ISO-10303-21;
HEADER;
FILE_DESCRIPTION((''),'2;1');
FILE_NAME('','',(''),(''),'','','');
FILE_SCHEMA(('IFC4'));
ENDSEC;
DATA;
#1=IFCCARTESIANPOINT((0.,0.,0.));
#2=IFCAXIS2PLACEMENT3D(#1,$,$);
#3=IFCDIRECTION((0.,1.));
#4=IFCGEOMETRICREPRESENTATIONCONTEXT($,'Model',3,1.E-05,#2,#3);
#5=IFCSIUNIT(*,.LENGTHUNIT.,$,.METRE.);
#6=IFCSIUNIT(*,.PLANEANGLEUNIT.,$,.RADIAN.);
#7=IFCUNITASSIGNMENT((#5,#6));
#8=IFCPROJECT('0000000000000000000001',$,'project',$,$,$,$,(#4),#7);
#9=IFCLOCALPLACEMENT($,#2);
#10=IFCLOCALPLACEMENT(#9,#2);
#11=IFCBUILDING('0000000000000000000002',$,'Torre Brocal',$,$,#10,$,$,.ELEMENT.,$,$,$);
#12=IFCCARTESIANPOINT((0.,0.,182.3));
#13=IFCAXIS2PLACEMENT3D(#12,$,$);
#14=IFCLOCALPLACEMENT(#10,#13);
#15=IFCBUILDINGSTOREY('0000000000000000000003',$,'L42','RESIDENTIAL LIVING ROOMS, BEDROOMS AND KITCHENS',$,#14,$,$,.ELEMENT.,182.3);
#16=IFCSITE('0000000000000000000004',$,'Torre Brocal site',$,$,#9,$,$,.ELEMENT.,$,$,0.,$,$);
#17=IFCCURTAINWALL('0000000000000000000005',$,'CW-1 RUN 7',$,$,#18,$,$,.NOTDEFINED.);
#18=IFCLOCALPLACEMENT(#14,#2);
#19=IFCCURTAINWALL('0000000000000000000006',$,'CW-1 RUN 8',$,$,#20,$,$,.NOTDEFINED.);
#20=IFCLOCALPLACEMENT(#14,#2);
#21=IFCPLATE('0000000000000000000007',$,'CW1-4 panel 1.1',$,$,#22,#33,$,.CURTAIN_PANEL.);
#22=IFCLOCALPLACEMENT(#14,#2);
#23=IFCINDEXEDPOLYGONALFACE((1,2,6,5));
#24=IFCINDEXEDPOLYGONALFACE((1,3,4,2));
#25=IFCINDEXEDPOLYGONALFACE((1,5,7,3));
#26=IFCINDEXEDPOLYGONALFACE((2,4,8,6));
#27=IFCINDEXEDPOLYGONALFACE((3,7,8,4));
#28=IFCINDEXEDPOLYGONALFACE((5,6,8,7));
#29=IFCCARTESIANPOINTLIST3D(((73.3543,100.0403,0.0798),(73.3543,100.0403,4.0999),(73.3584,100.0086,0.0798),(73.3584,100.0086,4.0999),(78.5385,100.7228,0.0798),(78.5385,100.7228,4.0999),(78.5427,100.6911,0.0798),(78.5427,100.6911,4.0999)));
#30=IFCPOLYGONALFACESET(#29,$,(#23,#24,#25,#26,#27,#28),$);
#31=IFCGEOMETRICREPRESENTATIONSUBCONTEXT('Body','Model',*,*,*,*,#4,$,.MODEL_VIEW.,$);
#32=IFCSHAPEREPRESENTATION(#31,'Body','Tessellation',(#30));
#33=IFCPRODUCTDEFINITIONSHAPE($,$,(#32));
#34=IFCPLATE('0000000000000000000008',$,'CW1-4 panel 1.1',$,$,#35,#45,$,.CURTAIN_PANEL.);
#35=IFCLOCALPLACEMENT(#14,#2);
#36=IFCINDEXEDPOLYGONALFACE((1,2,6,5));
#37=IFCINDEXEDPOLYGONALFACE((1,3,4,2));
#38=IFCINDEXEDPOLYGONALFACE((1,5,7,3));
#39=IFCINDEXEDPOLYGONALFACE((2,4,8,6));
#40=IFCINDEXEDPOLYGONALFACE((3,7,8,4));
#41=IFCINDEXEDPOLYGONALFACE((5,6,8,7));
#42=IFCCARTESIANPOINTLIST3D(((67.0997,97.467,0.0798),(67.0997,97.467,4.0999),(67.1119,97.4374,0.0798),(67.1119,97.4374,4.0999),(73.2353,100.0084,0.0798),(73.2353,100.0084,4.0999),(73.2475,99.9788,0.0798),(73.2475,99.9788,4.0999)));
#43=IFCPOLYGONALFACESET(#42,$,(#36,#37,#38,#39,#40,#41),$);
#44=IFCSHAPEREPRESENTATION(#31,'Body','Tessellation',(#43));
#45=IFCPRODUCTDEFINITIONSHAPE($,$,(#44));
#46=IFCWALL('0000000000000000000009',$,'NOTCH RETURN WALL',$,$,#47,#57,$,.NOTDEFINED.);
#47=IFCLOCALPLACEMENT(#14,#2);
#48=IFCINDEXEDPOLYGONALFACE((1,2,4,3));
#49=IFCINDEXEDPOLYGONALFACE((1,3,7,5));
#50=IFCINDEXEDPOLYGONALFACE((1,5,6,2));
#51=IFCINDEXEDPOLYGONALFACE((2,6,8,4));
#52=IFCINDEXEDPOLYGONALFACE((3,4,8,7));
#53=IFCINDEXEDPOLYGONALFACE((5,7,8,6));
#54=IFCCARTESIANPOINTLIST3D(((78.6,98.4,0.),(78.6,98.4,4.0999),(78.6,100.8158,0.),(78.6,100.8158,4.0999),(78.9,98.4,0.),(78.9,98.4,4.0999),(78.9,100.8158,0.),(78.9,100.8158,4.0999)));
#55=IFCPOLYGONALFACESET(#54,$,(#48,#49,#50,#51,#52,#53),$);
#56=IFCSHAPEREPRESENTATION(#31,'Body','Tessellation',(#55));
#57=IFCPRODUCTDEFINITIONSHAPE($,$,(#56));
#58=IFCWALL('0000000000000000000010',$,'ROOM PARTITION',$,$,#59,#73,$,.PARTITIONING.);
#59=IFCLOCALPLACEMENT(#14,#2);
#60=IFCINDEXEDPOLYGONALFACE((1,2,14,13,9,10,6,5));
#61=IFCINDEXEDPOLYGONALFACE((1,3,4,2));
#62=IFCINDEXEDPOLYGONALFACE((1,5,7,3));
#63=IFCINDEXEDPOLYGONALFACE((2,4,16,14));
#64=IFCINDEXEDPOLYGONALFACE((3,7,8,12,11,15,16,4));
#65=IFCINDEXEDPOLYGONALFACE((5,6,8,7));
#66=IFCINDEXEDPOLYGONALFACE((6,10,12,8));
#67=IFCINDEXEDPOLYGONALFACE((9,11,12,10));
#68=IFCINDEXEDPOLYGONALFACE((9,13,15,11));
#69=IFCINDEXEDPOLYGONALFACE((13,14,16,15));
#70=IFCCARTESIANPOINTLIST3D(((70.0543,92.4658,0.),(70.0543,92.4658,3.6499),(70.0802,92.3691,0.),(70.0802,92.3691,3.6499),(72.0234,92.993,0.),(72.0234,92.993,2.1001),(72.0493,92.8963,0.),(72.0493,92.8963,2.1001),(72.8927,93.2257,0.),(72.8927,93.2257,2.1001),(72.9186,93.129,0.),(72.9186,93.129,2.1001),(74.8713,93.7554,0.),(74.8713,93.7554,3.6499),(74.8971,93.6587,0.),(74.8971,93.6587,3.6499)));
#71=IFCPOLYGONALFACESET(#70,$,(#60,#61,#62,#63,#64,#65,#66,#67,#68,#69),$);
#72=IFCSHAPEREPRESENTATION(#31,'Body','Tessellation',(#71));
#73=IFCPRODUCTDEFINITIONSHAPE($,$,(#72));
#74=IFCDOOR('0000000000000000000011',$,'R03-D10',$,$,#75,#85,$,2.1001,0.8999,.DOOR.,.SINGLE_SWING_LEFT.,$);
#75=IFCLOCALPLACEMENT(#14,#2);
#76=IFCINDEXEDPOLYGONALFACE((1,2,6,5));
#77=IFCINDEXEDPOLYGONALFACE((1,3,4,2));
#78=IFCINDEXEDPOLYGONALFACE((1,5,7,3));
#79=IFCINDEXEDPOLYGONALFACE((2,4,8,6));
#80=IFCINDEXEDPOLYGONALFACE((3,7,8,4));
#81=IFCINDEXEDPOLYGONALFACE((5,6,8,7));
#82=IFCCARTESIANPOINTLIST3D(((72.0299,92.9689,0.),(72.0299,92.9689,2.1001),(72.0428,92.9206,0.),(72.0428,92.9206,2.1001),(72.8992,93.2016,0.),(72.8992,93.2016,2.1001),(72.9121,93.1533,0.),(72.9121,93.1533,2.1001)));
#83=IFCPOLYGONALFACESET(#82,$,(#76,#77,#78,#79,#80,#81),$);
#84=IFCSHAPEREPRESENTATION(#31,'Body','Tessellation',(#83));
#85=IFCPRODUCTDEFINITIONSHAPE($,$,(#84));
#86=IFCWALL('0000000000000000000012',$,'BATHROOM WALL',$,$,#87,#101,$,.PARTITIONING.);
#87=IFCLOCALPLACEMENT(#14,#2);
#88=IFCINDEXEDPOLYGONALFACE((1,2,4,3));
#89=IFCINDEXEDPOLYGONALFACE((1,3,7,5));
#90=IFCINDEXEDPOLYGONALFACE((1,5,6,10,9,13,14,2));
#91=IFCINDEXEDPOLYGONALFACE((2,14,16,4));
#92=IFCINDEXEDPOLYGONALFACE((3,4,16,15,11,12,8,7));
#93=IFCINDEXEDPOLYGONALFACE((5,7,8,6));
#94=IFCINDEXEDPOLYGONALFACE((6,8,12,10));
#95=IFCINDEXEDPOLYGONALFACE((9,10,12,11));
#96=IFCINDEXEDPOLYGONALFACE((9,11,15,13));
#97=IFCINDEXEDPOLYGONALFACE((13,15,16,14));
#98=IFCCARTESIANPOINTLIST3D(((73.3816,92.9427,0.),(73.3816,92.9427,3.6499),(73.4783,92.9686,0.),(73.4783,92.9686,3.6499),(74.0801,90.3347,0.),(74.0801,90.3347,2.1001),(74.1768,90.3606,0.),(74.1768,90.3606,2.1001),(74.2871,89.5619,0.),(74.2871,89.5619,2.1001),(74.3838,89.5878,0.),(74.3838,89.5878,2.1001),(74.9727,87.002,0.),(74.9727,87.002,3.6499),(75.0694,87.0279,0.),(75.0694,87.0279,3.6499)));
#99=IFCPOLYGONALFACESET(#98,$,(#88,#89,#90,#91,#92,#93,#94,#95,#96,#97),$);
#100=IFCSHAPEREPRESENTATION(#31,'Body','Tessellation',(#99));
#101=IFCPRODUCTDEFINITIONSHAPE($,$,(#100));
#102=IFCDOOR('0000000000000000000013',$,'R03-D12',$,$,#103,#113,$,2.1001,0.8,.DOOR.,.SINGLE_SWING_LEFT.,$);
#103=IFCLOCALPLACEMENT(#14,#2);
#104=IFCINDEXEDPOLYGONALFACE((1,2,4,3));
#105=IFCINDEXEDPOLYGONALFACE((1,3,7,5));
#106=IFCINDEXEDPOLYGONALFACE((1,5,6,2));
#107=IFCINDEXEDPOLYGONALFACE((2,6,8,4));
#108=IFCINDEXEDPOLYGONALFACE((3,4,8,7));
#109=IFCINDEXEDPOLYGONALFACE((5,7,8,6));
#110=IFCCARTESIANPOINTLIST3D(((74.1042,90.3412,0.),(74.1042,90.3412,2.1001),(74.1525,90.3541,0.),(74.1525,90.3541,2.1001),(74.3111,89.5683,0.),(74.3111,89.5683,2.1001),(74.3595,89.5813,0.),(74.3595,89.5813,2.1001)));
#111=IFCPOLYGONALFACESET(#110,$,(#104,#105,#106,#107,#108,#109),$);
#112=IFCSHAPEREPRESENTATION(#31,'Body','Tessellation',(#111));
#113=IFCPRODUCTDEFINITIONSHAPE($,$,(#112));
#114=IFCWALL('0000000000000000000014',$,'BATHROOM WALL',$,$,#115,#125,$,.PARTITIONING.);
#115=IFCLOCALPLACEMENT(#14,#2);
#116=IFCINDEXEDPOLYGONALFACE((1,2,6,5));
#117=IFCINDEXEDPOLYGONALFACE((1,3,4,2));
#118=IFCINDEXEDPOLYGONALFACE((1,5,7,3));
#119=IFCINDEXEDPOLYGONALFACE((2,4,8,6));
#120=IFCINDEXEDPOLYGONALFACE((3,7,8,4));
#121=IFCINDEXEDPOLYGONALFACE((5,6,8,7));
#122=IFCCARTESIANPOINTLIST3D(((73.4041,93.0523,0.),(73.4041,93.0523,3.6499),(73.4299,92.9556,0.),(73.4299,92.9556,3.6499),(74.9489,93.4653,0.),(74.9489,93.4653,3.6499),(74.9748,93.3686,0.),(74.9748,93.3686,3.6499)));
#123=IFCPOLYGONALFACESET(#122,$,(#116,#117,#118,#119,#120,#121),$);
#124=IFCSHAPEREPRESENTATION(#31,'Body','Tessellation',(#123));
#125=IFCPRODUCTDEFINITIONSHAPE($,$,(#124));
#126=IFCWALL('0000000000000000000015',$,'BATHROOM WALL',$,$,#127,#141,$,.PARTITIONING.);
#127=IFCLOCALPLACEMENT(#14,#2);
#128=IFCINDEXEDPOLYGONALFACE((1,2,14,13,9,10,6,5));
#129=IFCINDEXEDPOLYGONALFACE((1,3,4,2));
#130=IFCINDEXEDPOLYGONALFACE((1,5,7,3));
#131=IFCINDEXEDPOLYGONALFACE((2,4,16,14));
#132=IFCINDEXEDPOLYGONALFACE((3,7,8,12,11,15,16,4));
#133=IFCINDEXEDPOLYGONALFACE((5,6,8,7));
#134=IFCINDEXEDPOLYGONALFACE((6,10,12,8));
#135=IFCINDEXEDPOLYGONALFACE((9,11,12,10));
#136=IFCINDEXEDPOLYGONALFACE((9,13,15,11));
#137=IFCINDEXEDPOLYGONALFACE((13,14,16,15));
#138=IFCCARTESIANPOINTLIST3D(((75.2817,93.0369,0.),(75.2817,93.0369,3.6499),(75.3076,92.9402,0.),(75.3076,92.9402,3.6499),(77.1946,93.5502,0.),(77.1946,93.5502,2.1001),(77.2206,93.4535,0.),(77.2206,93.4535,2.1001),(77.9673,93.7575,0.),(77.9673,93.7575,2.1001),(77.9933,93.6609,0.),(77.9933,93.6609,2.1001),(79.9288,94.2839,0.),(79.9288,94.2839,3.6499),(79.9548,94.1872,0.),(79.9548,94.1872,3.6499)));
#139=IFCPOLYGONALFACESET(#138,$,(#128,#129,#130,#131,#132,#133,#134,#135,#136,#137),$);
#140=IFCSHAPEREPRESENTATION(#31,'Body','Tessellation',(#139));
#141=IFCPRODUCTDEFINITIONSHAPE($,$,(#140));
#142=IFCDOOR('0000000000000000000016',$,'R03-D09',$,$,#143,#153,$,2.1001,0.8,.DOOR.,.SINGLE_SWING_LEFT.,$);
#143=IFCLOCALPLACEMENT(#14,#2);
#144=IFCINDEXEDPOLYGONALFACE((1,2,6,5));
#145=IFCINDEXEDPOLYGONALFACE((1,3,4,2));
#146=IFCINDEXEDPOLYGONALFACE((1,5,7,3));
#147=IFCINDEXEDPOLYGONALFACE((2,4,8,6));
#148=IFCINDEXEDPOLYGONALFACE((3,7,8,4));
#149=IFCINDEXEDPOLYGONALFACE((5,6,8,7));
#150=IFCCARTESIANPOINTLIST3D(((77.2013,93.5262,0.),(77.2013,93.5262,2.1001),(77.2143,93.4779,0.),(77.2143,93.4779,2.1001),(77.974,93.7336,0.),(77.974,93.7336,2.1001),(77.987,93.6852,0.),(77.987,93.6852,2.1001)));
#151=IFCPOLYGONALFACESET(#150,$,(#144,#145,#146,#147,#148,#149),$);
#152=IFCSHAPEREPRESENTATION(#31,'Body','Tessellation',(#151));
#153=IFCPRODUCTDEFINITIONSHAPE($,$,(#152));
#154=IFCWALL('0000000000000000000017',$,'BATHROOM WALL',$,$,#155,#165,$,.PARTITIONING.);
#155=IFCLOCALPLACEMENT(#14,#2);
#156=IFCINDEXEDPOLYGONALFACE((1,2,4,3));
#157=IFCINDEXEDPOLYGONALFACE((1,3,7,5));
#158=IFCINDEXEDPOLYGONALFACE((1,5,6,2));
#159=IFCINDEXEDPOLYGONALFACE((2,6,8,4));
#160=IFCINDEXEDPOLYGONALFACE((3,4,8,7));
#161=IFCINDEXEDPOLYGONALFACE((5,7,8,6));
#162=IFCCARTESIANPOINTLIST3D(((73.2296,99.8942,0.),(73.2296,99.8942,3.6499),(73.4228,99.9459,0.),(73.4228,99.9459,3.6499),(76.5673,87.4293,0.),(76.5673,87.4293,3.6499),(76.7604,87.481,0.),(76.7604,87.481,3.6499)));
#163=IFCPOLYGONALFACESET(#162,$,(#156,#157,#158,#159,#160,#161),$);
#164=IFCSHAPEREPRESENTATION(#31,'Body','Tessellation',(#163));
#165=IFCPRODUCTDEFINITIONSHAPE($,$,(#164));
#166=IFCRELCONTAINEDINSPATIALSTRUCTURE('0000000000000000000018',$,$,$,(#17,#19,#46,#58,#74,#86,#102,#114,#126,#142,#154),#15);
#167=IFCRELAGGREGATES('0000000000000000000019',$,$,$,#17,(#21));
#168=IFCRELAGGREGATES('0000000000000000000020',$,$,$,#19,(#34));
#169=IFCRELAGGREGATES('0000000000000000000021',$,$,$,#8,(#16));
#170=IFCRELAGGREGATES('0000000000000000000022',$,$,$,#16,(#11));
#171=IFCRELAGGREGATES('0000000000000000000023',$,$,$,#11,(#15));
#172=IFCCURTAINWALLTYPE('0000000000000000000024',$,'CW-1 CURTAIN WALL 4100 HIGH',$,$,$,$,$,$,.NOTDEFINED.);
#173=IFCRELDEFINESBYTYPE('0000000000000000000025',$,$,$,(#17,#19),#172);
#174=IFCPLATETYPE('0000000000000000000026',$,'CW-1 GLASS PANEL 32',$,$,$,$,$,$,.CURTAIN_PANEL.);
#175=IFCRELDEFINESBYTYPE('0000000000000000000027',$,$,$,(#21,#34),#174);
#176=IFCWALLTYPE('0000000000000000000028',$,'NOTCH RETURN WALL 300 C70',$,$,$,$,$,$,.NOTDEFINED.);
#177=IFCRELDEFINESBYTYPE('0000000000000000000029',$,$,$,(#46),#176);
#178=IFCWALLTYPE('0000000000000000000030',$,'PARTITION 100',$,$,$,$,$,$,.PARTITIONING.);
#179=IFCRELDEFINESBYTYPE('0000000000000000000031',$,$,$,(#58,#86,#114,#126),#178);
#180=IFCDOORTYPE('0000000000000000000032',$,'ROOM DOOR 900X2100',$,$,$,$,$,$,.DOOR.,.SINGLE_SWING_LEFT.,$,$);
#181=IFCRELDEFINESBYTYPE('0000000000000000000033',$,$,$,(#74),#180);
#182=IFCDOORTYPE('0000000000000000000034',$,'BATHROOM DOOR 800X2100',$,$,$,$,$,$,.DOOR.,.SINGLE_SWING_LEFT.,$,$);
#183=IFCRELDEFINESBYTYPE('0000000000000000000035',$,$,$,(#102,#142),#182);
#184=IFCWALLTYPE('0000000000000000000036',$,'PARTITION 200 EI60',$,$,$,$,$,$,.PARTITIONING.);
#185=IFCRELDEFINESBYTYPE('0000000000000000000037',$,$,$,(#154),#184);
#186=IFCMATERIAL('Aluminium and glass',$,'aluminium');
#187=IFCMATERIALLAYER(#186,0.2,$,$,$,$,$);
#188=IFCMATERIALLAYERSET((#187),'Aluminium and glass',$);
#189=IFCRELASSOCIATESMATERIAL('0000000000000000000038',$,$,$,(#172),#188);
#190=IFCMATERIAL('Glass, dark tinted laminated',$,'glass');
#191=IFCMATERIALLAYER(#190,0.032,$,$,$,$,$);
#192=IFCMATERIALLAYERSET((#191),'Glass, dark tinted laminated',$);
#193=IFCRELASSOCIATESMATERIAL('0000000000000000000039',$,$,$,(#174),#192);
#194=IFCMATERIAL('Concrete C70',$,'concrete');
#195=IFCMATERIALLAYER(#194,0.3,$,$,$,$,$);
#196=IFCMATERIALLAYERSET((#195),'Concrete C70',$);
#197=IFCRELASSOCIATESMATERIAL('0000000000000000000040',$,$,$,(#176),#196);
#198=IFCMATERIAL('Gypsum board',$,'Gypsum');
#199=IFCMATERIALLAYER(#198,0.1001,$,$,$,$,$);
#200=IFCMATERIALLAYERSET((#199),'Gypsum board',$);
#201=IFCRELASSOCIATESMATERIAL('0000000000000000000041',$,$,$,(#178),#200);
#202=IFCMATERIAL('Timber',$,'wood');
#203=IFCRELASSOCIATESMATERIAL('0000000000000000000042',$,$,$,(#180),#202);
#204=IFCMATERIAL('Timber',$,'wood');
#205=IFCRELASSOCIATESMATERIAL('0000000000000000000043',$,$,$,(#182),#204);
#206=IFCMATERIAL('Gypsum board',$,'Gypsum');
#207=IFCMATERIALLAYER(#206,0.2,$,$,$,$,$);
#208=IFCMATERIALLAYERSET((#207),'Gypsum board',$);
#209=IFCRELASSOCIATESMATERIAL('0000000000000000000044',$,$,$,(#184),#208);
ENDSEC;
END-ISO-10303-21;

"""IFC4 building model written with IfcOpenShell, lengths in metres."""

from ifc_helpers import new_model, si_unit, direction, frame, frame_2d, origin, origin_2d, place, context, subcontext, project, spatial, rectangle, extrude, material, layer, layer_set, type_object, element, fill, aggregate, save


model = new_model("IFC4")

# Units and contexts
model_context = context("Model", 3, precision=1e-05, world=origin(), true_north=direction((0.0, 1.0)))
body_context = subcontext(model_context, "Body", "Model", "MODEL_VIEW")
ifc_project = project(units=[si_unit("LENGTHUNIT", "METRE"), si_unit("PLANEANGLEUNIT", "RADIAN")], contexts=[model_context])

# Site, building, storey
site_placement = place(None, origin())
site = spatial("IfcSite", under=ifc_project, at=site_placement, Name="Torre Brocal site", CompositionType="ELEMENT", RefElevation=0.0)
building_placement = place(site_placement, origin())
building = spatial("IfcBuilding", under=site, at=building_placement, Name="Torre Brocal", CompositionType="ELEMENT")
storey_placement = place(building_placement, frame((0.0, 0.0, 182.3)))
storey = spatial("IfcBuildingStorey", under=building, at=storey_placement, Name="L42", Description="RESIDENTIAL LIVING ROOMS, BEDROOMS AND KITCHENS", CompositionType="ELEMENT", Elevation=182.3)

# Curtain wall
ifc_material_1 = material(Name="Aluminium and glass", Category="aluminium")
ifc_layer_1 = layer(ifc_material_1, 0.2)
ifc_layer_set_1 = layer_set([ifc_layer_1], Name="Aluminium and glass")
curtain_wall_type = type_object("IfcCurtainWallType", Name="CW-1 CURTAIN WALL 4100 HIGH", PredefinedType="NOTDEFINED", material=ifc_layer_set_1)
curtain_wall_1_placement = place(storey_placement, origin())
curtain_wall_1 = element("IfcCurtainWall", 1, at=curtain_wall_1_placement, inside=storey, type_object=curtain_wall_type, Name="CW-1 RUN 7", PredefinedType="NOTDEFINED")

# Curtain wall
curtain_wall_2_placement = place(storey_placement, origin())
curtain_wall_2 = element("IfcCurtainWall", 2, at=curtain_wall_2_placement, inside=storey, type_object=curtain_wall_type, Name="CW-1 RUN 8", PredefinedType="NOTDEFINED")

# Plates
ifc_material_2 = material(Name="Glass, dark tinted laminated", Category="glass")
ifc_layer_2 = layer(ifc_material_2, 0.032)
ifc_layer_set_2 = layer_set([ifc_layer_2], Name="Glass, dark tinted laminated")
plate_type = type_object("IfcPlateType", Name="CW-1 GLASS PANEL 32", PredefinedType="CURTAIN_PANEL", material=ifc_layer_set_2)
plate_1_placement = place(storey_placement, frame((75.9485, 100.3657, 0.0798), z_axis=(0.0, 0.0, 1.0), x_axis=(-0.991445, -0.130526, 0.0)))
plate_1 = element("IfcPlate", 3, at=plate_1_placement, type_object=plate_type, Name="CW1-4 panel 1.1", PredefinedType="CURTAIN_PANEL", context=body_context, shape_type="SweptSolid", body=[
    extrude(rectangle(XDim=5.229, YDim=0.032, at=origin_2d()), origin(), (0.0, 0.0, 1.0), 4.02),
])
aggregate(curtain_wall_1, [plate_1])
plate_2_placement = place(storey_placement, frame((70.1736, 98.7229, 0.0798), z_axis=(0.0, 0.0, 1.0), x_axis=(-0.92388, -0.382683, 0.0)))
plate_2 = element("IfcPlate", 4, at=plate_2_placement, type_object=plate_type, Name="CW1-4 panel 1.1", PredefinedType="CURTAIN_PANEL", context=body_context, shape_type="SweptSolid", body=[
    extrude(rectangle(XDim=6.6411, YDim=0.032, at=origin_2d()), origin(), (0.0, 0.0, 1.0), 4.02),
])
aggregate(curtain_wall_2, [plate_2])

# Wall
ifc_material_3 = material(Name="Concrete C70", Category="concrete")
ifc_layer_3 = layer(ifc_material_3, 0.3)
ifc_layer_set_3 = layer_set([ifc_layer_3], Name="Concrete C70")
wall_type_1 = type_object("IfcWallType", Name="NOTCH RETURN WALL 300 C70", PredefinedType="NOTDEFINED", material=ifc_layer_set_3)
wall_1_placement = place(storey_placement, frame((78.75, 98.3999, 0.0), z_axis=(0.0, 0.0, 1.0), x_axis=(0.0, 1.0, 0.0)))
element("IfcWall", 5, at=wall_1_placement, inside=storey, type_object=wall_type_1, Name="NOTCH RETURN WALL", PredefinedType="NOTDEFINED", context=body_context, shape_type="SweptSolid", body=[
    extrude(rectangle(XDim=2.4158, YDim=0.3, at=frame_2d((1.208, 0.0))), origin(), (0.0, 0.0, 1.0), 4.0999),
])

# Walls, openings, doors
ifc_material_4 = material(Name="Gypsum board", Category="Gypsum")
ifc_layer_4 = layer(ifc_material_4, 0.1001)
ifc_layer_set_4 = layer_set([ifc_layer_4], Name="Gypsum board")
wall_type_2 = type_object("IfcWallType", Name="PARTITION 100", PredefinedType="PARTITIONING", material=ifc_layer_set_4)
wall_2_placement = place(storey_placement, frame((70.0674, 92.4175, 0.0), z_axis=(0.0, 0.0, 1.0), x_axis=(0.965983, 0.258607, 0.0)))
wall_2 = element("IfcWall", 6, at=wall_2_placement, inside=storey, type_object=wall_type_2, Name="ROOM PARTITION", PredefinedType="PARTITIONING", context=body_context, shape_type="SweptSolid", body=[
    extrude(rectangle(XDim=4.9866, YDim=0.1001, at=frame_2d((2.4932, 0.0))), origin(), (0.0, 0.0, 1.0), 3.6499),
])
opening_1_placement = place(wall_2_placement, frame((2.0383, 0.0, 0.0)))
opening_1 = element("IfcOpeningElement", 7, at=opening_1_placement, cuts=wall_2, PredefinedType="OPENING", context=body_context, shape_type="SweptSolid", body=[
    extrude(rectangle(XDim=0.8999, YDim=2.1001, at=frame_2d((0.45, 1.05))), frame((0.0, 0.0601, 0.0), z_axis=(0.0, -1.0, 0.0), x_axis=(1.0, 0.0, 0.0)), (0.0, 0.0, 1.0), 0.1201),
])
ifc_material_5 = material(Name="Timber", Category="wood")
door_type_1 = type_object("IfcDoorType", Name="ROOM DOOR 900X2100", OperationType="SINGLE_SWING_LEFT", PredefinedType="DOOR", material=ifc_material_5)
door_1_placement = place(opening_1_placement, frame((0.8999, 0.0, 0.0), z_axis=(0.0, 0.0, 1.0), x_axis=(-1.0, 0.0, 0.0)))
door_1 = element("IfcDoor", 8, at=door_1_placement, inside=storey, type_object=door_type_1, Name="R03-D10", OperationType="SINGLE_SWING_LEFT", OverallHeight=2.1001, OverallWidth=0.8999, PredefinedType="DOOR", context=body_context, shape_type="SweptSolid", body=[
    extrude(rectangle(XDim=0.8999, YDim=2.1001, at=frame_2d((0.45, 1.05))), frame((0.0, 0.0249, 0.0), z_axis=(0.0, -1.0, 0.0), x_axis=(1.0, 0.0, 0.0)), (0.0, 0.0, 1.0), 0.05),
])
fill(opening_1, door_1)
wall_3_placement = place(storey_placement, frame((73.4299, 92.9558, 0.0), z_axis=(0.0, 0.0, 1.0), x_axis=(0.258708, -0.965956, 0.0)))
wall_3 = element("IfcWall", 9, at=wall_3_placement, inside=storey, type_object=wall_type_2, Name="BATHROOM WALL", PredefinedType="PARTITIONING", context=body_context, shape_type="SweptSolid", body=[
    extrude(rectangle(XDim=6.1501, YDim=0.1001, at=frame_2d((3.0752, 0.0))), origin(), (0.0, 0.0, 1.0), 3.6499),
])
opening_2_placement = place(wall_3_placement, frame((2.7002, 0.0, 0.0)))
opening_2 = element("IfcOpeningElement", 10, at=opening_2_placement, cuts=wall_3, PredefinedType="OPENING", context=body_context, shape_type="SweptSolid", body=[
    extrude(rectangle(XDim=0.8, YDim=2.1001, at=frame_2d((0.3999, 1.05))), frame((0.0, 0.0601, 0.0), z_axis=(0.0, -1.0, 0.0), x_axis=(1.0, 0.0, 0.0)), (0.0, 0.0, 1.0), 0.1201),
])
ifc_material_6 = material(Name="Timber", Category="wood")
door_type_2 = type_object("IfcDoorType", Name="BATHROOM DOOR 800X2100", OperationType="SINGLE_SWING_LEFT", PredefinedType="DOOR", material=ifc_material_6)
door_2_placement = place(opening_2_placement, origin())
door_2 = element("IfcDoor", 11, at=door_2_placement, inside=storey, type_object=door_type_2, Name="R03-D12", OperationType="SINGLE_SWING_LEFT", OverallHeight=2.1001, OverallWidth=0.8, PredefinedType="DOOR", context=body_context, shape_type="SweptSolid", body=[
    extrude(rectangle(XDim=0.8, YDim=2.1001, at=frame_2d((0.3999, 1.05))), frame((0.0, 0.0249, 0.0), z_axis=(0.0, -1.0, 0.0), x_axis=(1.0, 0.0, 0.0)), (0.0, 0.0, 1.0), 0.05),
])
fill(opening_2, door_2)

# Wall
wall_4_placement = place(storey_placement, frame((73.417, 93.0039, 0.0), z_axis=(0.0, 0.0, 1.0), x_axis=(0.966062, 0.258309, 0.0)))
element("IfcWall", 12, at=wall_4_placement, inside=storey, type_object=wall_type_2, Name="BATHROOM WALL", PredefinedType="PARTITIONING", context=body_context, shape_type="SweptSolid", body=[
    extrude(rectangle(XDim=1.5991, YDim=0.1001, at=frame_2d((0.7996, 0.0))), origin(), (0.0, 0.0, 1.0), 3.6499),
])

# Wall, opening, door
wall_5_placement = place(storey_placement, frame((75.2947, 92.9885, 0.0), z_axis=(0.0, 0.0, 1.0), x_axis=(0.96583, 0.259178, 0.0)))
wall_5 = element("IfcWall", 13, at=wall_5_placement, inside=storey, type_object=wall_type_2, Name="BATHROOM WALL", PredefinedType="PARTITIONING", context=body_context, shape_type="SweptSolid", body=[
    extrude(rectangle(XDim=4.8115, YDim=0.1001, at=frame_2d((2.4058, 0.0))), origin(), (0.0, 0.0, 1.0), 3.6499),
])
opening_3_placement = place(wall_5_placement, frame((1.9807, 0.0, 0.0)))
opening_3 = element("IfcOpeningElement", 14, at=opening_3_placement, cuts=wall_5, PredefinedType="OPENING", context=body_context, shape_type="SweptSolid", body=[
    extrude(rectangle(XDim=0.8, YDim=2.1001, at=frame_2d((0.3999, 1.05))), frame((0.0, 0.0601, 0.0), z_axis=(0.0, -1.0, 0.0), x_axis=(1.0, 0.0, 0.0)), (0.0, 0.0, 1.0), 0.1201),
])
door_3_placement = place(opening_3_placement, frame((0.8, 0.0, 0.0), z_axis=(0.0, 0.0, 1.0), x_axis=(-1.0, 0.0, 0.0)))
door_3 = element("IfcDoor", 15, at=door_3_placement, inside=storey, type_object=door_type_2, Name="R03-D09", OperationType="SINGLE_SWING_LEFT", OverallHeight=2.1001, OverallWidth=0.8, PredefinedType="DOOR", context=body_context, shape_type="SweptSolid", body=[
    extrude(rectangle(XDim=0.8, YDim=2.1001, at=frame_2d((0.3999, 1.05))), frame((0.0, 0.0249, 0.0), z_axis=(0.0, -1.0, 0.0), x_axis=(1.0, 0.0, 0.0)), (0.0, 0.0, 1.0), 0.05),
])
fill(opening_3, door_3)

# Wall
ifc_material_7 = material(Name="Gypsum board", Category="Gypsum")
ifc_layer_5 = layer(ifc_material_7, 0.2)
ifc_layer_set_5 = layer_set([ifc_layer_5], Name="Gypsum board")
wall_type_3 = type_object("IfcWallType", Name="PARTITION 200 EI60", PredefinedType="PARTITIONING", material=ifc_layer_set_5)
wall_6_placement = place(storey_placement, frame((73.3262, 99.9202, 0.0), z_axis=(0.0, 0.0, 1.0), x_axis=(0.258653, -0.96597, 0.0)))
element("IfcWall", 16, at=wall_6_placement, inside=storey, type_object=wall_type_3, Name="BATHROOM WALL", PredefinedType="PARTITIONING", context=body_context, shape_type="SweptSolid", body=[
    extrude(rectangle(XDim=12.9041, YDim=0.2, at=frame_2d((6.4521, 0.0))), origin(), (0.0, 0.0, 1.0), 3.6499),
])

save(model, "model.ifc")
